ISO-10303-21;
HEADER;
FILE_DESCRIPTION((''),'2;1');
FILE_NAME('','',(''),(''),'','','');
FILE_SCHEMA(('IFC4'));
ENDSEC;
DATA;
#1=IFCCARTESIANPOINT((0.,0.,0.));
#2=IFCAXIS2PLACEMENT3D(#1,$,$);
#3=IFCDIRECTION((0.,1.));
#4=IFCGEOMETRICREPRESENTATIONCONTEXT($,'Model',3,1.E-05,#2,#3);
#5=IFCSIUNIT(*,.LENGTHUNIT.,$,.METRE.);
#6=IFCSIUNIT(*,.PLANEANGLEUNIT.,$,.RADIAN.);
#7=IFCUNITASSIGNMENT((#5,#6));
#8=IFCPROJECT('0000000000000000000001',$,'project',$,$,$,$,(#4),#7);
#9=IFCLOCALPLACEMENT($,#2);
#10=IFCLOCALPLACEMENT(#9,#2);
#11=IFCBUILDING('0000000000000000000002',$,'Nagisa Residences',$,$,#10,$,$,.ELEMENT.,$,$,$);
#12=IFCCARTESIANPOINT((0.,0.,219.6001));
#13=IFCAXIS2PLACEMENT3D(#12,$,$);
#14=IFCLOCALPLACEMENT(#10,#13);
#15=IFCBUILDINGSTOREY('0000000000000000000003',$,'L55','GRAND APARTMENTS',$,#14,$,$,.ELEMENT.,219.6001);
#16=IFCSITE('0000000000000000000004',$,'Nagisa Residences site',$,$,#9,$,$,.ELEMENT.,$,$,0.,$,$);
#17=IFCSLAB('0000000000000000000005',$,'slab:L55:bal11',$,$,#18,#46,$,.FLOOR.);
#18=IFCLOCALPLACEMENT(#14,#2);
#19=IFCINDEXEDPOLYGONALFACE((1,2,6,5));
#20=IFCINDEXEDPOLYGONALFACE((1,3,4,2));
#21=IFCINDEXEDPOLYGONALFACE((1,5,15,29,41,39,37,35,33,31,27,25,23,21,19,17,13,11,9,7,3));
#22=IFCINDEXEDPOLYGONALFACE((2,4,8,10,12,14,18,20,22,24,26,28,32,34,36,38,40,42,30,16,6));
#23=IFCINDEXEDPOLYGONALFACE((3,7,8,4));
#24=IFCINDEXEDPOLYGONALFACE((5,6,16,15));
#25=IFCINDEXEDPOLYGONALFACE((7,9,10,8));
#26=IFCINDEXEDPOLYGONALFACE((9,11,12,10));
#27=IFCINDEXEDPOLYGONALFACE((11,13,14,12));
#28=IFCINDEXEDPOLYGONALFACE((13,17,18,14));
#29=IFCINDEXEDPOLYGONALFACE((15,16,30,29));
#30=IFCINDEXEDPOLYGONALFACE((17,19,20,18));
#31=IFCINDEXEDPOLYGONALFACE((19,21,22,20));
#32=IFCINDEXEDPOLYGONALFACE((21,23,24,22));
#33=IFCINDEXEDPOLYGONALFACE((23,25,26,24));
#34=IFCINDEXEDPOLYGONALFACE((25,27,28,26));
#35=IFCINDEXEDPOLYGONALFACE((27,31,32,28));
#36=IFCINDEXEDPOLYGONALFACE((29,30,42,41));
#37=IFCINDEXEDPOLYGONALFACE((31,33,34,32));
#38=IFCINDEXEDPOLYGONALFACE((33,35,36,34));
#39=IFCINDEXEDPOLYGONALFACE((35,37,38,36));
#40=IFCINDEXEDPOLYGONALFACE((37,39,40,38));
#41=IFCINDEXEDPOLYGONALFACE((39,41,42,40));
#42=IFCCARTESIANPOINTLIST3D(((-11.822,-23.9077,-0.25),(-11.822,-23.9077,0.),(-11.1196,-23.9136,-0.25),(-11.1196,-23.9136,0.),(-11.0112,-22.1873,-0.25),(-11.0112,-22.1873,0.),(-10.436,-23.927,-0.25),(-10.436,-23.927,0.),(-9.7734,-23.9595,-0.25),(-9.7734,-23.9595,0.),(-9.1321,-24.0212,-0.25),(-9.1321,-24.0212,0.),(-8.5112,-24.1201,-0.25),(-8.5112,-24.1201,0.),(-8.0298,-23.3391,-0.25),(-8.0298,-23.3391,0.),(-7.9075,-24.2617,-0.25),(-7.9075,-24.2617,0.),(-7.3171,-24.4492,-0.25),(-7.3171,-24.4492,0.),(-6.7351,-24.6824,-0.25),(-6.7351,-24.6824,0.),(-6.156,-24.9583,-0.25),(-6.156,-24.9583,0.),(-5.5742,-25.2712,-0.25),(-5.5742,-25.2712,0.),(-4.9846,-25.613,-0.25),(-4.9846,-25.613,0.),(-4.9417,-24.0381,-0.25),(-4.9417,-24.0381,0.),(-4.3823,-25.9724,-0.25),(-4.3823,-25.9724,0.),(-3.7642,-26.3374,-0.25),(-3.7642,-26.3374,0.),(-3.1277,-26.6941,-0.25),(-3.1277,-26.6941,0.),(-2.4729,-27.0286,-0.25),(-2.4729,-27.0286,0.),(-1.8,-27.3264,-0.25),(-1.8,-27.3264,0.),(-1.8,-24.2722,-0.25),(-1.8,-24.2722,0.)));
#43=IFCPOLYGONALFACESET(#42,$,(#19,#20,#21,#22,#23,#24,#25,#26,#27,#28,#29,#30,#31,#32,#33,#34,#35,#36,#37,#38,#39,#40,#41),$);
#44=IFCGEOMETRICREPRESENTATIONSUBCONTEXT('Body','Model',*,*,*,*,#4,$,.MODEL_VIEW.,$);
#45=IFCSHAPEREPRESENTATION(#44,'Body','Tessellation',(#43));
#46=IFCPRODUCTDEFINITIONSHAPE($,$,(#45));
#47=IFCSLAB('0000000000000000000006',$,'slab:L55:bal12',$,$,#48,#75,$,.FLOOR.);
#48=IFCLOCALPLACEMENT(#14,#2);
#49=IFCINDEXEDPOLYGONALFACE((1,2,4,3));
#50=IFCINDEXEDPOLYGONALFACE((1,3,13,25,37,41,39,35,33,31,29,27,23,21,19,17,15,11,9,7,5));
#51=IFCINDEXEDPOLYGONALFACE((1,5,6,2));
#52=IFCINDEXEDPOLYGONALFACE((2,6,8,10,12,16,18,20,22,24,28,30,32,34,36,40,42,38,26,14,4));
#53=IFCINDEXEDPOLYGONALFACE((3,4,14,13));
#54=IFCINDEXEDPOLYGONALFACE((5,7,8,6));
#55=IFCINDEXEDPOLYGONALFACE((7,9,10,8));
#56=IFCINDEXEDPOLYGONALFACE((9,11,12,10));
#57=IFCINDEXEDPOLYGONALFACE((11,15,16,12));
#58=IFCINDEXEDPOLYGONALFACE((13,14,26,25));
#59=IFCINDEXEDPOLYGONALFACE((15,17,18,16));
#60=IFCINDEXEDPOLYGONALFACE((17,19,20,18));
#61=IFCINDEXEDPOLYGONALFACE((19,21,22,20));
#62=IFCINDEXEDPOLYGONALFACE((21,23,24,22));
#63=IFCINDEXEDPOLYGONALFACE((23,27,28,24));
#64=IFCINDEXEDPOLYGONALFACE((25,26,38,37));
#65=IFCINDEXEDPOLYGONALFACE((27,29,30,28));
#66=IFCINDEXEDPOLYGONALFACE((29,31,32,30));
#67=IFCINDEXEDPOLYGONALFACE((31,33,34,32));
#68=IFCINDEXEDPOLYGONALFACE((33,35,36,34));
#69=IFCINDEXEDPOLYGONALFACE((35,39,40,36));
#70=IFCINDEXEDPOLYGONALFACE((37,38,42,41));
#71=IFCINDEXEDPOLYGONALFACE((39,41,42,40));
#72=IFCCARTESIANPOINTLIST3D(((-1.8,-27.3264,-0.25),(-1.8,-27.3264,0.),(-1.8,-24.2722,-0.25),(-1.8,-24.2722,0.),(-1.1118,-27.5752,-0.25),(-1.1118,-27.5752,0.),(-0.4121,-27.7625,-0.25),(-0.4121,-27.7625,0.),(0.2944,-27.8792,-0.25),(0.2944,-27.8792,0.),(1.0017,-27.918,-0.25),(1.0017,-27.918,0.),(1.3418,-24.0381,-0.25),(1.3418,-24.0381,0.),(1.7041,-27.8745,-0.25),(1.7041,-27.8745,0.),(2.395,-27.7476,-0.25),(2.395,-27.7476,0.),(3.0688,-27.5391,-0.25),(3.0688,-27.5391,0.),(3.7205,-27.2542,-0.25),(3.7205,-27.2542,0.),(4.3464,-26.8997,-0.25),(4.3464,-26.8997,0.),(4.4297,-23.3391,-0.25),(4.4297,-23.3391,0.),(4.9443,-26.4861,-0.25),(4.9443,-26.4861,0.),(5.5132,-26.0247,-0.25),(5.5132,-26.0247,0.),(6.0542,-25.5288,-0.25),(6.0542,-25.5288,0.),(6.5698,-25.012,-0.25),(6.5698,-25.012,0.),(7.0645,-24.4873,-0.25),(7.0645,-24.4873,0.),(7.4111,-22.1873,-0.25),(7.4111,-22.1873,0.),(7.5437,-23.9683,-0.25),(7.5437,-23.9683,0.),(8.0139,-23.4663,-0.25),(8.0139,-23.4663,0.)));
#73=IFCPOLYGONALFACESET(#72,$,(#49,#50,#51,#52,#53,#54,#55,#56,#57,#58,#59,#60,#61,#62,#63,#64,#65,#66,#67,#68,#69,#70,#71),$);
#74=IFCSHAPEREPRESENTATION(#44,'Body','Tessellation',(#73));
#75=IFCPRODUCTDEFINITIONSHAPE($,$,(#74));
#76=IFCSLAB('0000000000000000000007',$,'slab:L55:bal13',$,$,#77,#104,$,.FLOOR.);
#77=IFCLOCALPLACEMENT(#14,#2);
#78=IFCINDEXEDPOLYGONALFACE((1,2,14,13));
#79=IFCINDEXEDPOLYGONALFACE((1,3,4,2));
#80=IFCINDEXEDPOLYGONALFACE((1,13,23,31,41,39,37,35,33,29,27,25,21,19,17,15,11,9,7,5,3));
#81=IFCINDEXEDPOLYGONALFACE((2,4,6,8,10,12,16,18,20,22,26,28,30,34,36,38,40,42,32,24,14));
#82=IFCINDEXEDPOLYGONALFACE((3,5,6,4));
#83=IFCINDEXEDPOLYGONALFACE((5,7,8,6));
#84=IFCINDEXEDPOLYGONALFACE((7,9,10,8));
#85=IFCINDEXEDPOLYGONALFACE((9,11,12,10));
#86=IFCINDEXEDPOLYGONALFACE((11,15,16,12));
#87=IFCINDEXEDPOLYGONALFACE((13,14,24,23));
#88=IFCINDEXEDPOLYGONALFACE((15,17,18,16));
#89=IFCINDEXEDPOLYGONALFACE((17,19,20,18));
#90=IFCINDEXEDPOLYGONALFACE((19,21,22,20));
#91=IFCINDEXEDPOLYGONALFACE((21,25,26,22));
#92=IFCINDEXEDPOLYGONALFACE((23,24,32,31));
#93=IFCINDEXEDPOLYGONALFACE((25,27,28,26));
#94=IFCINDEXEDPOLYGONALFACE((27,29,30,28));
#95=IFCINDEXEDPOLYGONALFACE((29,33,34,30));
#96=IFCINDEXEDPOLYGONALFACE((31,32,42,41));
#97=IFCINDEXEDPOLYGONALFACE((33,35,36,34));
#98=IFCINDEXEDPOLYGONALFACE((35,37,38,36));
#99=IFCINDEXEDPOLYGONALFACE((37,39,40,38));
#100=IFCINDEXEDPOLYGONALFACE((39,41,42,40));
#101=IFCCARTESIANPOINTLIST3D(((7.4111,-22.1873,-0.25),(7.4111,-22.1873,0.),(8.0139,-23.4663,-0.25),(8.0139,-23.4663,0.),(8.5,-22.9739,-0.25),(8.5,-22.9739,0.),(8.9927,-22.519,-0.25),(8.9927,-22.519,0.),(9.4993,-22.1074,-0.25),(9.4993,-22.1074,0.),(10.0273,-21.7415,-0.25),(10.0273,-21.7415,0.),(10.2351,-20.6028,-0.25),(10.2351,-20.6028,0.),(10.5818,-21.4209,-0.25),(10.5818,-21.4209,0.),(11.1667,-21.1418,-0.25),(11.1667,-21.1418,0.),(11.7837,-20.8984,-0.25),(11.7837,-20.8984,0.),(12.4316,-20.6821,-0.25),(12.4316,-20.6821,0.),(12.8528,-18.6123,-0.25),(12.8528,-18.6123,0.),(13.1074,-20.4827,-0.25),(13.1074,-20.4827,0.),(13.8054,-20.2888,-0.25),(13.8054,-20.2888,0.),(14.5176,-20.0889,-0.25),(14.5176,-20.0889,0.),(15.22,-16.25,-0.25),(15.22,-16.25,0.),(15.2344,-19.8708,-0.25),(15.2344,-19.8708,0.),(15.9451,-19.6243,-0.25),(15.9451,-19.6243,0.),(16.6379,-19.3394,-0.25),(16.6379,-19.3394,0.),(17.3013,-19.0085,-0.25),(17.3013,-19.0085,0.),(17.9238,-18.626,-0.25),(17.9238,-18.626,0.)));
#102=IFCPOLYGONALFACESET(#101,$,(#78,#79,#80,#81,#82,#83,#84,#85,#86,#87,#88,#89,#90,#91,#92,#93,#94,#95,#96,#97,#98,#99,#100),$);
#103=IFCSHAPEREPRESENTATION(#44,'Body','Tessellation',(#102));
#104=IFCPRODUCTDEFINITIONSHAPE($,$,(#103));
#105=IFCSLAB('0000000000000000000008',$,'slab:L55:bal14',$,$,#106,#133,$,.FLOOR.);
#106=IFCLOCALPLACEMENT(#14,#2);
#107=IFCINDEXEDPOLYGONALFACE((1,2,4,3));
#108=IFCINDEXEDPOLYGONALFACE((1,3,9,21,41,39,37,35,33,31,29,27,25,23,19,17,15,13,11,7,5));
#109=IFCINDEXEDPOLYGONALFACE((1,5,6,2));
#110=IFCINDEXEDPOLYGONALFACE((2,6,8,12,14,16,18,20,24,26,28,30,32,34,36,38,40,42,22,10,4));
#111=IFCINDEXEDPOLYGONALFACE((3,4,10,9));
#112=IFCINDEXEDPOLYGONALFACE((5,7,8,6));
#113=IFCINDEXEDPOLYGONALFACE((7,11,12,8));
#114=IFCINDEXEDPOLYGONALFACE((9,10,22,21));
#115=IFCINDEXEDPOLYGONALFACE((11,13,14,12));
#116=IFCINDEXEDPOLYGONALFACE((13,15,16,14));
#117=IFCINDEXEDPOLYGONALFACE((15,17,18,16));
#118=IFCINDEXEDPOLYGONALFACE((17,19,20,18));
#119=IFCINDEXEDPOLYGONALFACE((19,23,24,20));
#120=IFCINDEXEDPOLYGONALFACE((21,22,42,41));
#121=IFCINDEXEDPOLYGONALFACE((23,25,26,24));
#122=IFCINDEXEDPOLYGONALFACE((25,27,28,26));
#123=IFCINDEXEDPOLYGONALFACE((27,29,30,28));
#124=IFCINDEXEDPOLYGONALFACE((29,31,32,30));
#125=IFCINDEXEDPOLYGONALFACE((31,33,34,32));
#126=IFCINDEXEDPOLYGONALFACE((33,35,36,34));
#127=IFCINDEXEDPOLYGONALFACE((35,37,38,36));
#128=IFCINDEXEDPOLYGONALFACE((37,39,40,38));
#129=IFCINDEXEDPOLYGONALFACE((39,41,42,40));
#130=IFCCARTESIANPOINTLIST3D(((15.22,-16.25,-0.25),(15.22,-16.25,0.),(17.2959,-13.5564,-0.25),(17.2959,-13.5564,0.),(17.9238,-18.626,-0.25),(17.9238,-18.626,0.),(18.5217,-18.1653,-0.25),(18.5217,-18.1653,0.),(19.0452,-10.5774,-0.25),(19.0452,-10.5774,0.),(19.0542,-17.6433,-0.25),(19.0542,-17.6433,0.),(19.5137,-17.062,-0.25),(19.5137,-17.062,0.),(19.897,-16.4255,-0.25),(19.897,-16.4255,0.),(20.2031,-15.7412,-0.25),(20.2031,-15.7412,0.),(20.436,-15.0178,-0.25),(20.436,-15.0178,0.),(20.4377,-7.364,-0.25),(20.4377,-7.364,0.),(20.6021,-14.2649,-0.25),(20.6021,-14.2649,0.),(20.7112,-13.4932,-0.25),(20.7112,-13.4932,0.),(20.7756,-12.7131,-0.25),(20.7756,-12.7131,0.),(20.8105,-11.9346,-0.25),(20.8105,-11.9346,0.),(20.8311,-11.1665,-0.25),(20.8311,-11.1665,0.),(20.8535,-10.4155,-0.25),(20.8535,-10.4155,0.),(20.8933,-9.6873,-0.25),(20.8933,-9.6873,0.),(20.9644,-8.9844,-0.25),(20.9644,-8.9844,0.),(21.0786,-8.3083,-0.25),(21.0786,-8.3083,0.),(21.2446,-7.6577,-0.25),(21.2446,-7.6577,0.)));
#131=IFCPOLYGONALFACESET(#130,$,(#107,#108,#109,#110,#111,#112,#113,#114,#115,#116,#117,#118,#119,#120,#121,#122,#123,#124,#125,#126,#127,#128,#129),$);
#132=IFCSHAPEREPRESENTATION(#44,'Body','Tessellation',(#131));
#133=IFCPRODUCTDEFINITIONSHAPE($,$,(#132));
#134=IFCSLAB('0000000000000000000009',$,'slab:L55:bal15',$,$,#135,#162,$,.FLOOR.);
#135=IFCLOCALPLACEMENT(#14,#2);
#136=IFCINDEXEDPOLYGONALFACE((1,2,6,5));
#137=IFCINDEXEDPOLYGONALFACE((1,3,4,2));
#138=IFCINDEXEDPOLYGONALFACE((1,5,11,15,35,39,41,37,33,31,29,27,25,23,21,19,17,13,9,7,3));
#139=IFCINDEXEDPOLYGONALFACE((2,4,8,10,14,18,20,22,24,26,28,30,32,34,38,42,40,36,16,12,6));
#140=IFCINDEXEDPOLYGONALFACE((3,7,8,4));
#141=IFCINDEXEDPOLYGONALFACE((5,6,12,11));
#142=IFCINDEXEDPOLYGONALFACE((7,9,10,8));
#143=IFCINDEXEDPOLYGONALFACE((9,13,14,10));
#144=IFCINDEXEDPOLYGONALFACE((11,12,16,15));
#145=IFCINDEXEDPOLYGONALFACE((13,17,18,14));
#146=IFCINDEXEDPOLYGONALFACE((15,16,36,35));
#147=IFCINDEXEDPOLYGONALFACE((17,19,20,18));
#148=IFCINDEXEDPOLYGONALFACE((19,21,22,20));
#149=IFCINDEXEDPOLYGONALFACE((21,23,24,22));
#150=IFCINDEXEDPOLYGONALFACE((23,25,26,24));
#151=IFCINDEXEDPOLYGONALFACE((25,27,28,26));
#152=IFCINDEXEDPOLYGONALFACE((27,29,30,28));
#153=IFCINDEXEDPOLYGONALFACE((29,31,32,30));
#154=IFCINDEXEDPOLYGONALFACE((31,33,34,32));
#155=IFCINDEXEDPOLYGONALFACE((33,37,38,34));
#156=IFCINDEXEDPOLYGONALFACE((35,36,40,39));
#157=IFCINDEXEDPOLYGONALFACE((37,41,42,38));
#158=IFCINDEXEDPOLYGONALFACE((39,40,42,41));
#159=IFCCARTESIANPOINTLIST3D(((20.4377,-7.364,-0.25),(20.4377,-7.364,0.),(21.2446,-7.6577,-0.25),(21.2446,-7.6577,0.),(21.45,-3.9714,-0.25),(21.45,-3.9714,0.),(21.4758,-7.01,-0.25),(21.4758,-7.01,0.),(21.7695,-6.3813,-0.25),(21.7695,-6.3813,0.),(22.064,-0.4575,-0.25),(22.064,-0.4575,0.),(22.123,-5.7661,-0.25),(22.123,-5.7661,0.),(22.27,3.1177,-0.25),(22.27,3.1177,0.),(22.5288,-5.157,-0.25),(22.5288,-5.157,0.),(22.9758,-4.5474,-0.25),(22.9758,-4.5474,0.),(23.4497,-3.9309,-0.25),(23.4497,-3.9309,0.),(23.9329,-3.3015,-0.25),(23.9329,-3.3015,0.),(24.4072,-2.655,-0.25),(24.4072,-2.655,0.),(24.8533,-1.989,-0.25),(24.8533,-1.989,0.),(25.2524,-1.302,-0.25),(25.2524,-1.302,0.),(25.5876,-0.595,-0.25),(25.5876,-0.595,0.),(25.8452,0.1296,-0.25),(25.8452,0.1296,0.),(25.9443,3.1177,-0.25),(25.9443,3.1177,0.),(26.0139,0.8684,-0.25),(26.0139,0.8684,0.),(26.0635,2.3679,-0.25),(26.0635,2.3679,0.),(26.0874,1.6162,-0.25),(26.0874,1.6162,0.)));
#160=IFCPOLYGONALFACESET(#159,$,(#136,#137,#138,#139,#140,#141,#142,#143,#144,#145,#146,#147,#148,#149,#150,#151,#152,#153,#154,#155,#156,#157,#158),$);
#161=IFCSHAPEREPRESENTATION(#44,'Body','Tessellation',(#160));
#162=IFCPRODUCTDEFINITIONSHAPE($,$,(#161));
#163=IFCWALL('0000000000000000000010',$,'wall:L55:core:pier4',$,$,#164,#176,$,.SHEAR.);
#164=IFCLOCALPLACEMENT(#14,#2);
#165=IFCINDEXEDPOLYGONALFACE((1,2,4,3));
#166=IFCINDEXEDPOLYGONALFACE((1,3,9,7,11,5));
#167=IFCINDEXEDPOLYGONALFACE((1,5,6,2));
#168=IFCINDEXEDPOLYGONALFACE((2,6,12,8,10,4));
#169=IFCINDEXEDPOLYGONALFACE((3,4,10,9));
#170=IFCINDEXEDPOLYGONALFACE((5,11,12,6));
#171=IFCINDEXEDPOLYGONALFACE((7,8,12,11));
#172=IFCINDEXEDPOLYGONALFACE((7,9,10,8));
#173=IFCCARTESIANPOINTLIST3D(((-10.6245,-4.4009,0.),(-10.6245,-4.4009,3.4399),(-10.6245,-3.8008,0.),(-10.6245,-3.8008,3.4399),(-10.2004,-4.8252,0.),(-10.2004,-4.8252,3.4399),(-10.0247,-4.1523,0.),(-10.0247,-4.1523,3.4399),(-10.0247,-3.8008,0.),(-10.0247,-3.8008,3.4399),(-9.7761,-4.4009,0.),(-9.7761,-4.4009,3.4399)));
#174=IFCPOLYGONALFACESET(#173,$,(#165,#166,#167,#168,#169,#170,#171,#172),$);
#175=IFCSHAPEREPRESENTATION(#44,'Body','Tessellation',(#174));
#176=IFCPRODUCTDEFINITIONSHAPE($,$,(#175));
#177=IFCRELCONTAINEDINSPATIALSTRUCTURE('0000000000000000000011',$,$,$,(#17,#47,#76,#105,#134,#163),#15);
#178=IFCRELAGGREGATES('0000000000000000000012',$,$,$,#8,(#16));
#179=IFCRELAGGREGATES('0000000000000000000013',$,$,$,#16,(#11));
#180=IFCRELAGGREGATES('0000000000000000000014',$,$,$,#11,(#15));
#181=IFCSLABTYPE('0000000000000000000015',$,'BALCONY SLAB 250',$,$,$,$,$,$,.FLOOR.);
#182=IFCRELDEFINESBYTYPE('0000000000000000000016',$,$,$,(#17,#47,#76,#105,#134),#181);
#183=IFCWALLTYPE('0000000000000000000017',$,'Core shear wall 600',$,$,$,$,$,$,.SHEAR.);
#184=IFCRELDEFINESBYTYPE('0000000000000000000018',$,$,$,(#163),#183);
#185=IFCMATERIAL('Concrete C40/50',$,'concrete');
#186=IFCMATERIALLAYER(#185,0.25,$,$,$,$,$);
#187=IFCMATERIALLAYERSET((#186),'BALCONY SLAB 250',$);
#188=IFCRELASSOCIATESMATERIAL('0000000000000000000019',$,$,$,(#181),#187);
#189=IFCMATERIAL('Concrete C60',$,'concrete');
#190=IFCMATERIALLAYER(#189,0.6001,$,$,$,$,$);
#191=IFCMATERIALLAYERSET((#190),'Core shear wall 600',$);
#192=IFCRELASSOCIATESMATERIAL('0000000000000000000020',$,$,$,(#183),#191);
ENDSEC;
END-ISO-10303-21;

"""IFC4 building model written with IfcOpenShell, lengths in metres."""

from ifc_helpers import new_model, si_unit, direction, frame, origin, place, context, subcontext, project, spatial, polyline, outline, extrude, material, layer, layer_set, type_object, element, save


model = new_model("IFC4")

# Units and contexts
model_context = context("Model", 3, precision=1e-05, world=origin(), true_north=direction((0.0, 1.0)))
body_context = subcontext(model_context, "Body", "Model", "MODEL_VIEW")
ifc_project = project(units=[si_unit("LENGTHUNIT", "METRE"), si_unit("PLANEANGLEUNIT", "RADIAN")], contexts=[model_context])

# Site, building, storey
site_placement = place(None, origin())
site = spatial("IfcSite", under=ifc_project, at=site_placement, Name="Nagisa Residences site", CompositionType="ELEMENT", RefElevation=0.0)
building_placement = place(site_placement, origin())
building = spatial("IfcBuilding", under=site, at=building_placement, Name="Nagisa Residences", CompositionType="ELEMENT")
storey_placement = place(building_placement, frame((0.0, 0.0, 219.6001)))
storey = spatial("IfcBuildingStorey", under=building, at=storey_placement, Name="L55", Description="GRAND APARTMENTS", CompositionType="ELEMENT", Elevation=219.6001)

# Slabs
ifc_material_1 = material(Name="Concrete C40/50", Category="concrete")
ifc_layer_1 = layer(ifc_material_1, 0.25)
ifc_layer_set_1 = layer_set([ifc_layer_1], Name="BALCONY SLAB 250")
slab_type = type_object("IfcSlabType", Name="BALCONY SLAB 250", PredefinedType="FLOOR", material=ifc_layer_set_1)
slab_1_placement = place(storey_placement, frame((0.0, 0.0, -0.25)))
element("IfcSlab", 1, at=slab_1_placement, inside=storey, type_object=slab_type, Name="slab:L55:bal11", PredefinedType="FLOOR", context=body_context, shape_type="SweptSolid", body=[
    extrude(outline(polyline([(-11.822, -23.9077), (-11.1196, -23.9136), (-10.436, -23.927), (-9.7734, -23.9595), (-9.1321, -24.0212), (-8.5112, -24.1201), (-7.9075, -24.2617), (-7.3171, -24.4492), (-6.7351, -24.6824), (-6.156, -24.9583), (-5.5742, -25.2712), (-4.9846, -25.613), (-4.3823, -25.9724), (-3.7642, -26.3374), (-3.1277, -26.6941), (-2.4729, -27.0286), (-1.8, -27.3264), (-1.8, -24.2722), (-4.9417, -24.0381), (-8.0298, -23.3391), (-11.0112, -22.1873), (-11.822, -23.9077)])), origin(), (0.0, 0.0, 1.0), 0.25),
])
slab_2_placement = place(storey_placement, frame((0.0, 0.0, -0.25)))
element("IfcSlab", 2, at=slab_2_placement, inside=storey, type_object=slab_type, Name="slab:L55:bal12", PredefinedType="FLOOR", context=body_context, shape_type="SweptSolid", body=[
    extrude(outline(polyline([(-1.8, -27.3264), (-1.1118, -27.5752), (-0.4121, -27.7625), (0.2944, -27.8792), (1.0017, -27.918), (1.7041, -27.8745), (2.395, -27.7476), (3.0688, -27.5391), (3.7205, -27.2542), (4.3464, -26.8997), (4.9443, -26.4861), (5.5132, -26.0247), (6.0542, -25.5288), (6.5698, -25.012), (7.0645, -24.4873), (7.5437, -23.9683), (8.0139, -23.4663), (7.4111, -22.1873), (4.4297, -23.3391), (1.3418, -24.0381), (-1.8, -24.2722), (-1.8, -27.3264)])), origin(), (0.0, 0.0, 1.0), 0.25),
])
slab_3_placement = place(storey_placement, frame((0.0, 0.0, -0.25)))
element("IfcSlab", 3, at=slab_3_placement, inside=storey, type_object=slab_type, Name="slab:L55:bal13", PredefinedType="FLOOR", context=body_context, shape_type="SweptSolid", body=[
    extrude(outline(polyline([(8.0139, -23.4663), (8.5, -22.9739), (8.9927, -22.519), (9.4993, -22.1074), (10.0273, -21.7415), (10.5818, -21.4209), (11.1667, -21.1418), (11.7837, -20.8984), (12.4316, -20.6821), (13.1074, -20.4827), (13.8054, -20.2888), (14.5176, -20.0889), (15.2344, -19.8708), (15.9451, -19.6243), (16.6379, -19.3394), (17.3013, -19.0085), (17.9238, -18.626), (15.22, -16.25), (12.8528, -18.6123), (10.2351, -20.6028), (7.4111, -22.1873), (8.0139, -23.4663)])), origin(), (0.0, 0.0, 1.0), 0.25),
])
slab_4_placement = place(storey_placement, frame((0.0, 0.0, -0.25)))
element("IfcSlab", 4, at=slab_4_placement, inside=storey, type_object=slab_type, Name="slab:L55:bal14", PredefinedType="FLOOR", context=body_context, shape_type="SweptSolid", body=[
    extrude(outline(polyline([(17.9238, -18.626), (18.5217, -18.1653), (19.0542, -17.6433), (19.5137, -17.062), (19.897, -16.4255), (20.2031, -15.7412), (20.436, -15.0178), (20.6021, -14.2649), (20.7112, -13.4932), (20.7756, -12.7131), (20.8105, -11.9346), (20.8311, -11.1665), (20.8535, -10.4155), (20.8933, -9.6873), (20.9644, -8.9844), (21.0786, -8.3083), (21.2446, -7.6577), (20.4377, -7.364), (19.0452, -10.5774), (17.2959, -13.5564), (15.22, -16.25), (17.9238, -18.626)])), origin(), (0.0, 0.0, 1.0), 0.25),
])
slab_5_placement = place(storey_placement, frame((0.0, 0.0, -0.25)))
element("IfcSlab", 5, at=slab_5_placement, inside=storey, type_object=slab_type, Name="slab:L55:bal15", PredefinedType="FLOOR", context=body_context, shape_type="SweptSolid", body=[
    extrude(outline(polyline([(21.2446, -7.6577), (21.4758, -7.01), (21.7695, -6.3813), (22.123, -5.7661), (22.5288, -5.157), (22.9758, -4.5474), (23.4497, -3.9309), (23.9329, -3.3015), (24.4072, -2.655), (24.8533, -1.989), (25.2524, -1.302), (25.5876, -0.595), (25.8452, 0.1296), (26.0139, 0.8684), (26.0874, 1.6162), (26.0635, 2.3679), (25.9443, 3.1177), (22.27, 3.1177), (22.064, -0.4575), (21.45, -3.9714), (20.4377, -7.364), (21.2446, -7.6577)])), origin(), (0.0, 0.0, 1.0), 0.25),
])

# Wall
ifc_material_2 = material(Name="Concrete C60", Category="concrete")
ifc_layer_2 = layer(ifc_material_2, 0.6001)
ifc_layer_set_2 = layer_set([ifc_layer_2], Name="Core shear wall 600")
wall_type_1 = type_object("IfcWallType", Name="Core shear wall 600", PredefinedType="SHEAR", material=ifc_layer_set_2)
wall_1_placement = place(storey_placement, origin())
element("IfcWall", 6, at=wall_1_placement, inside=storey, type_object=wall_type_1, Name="wall:L55:core:pier4", PredefinedType="SHEAR", context=body_context, shape_type="SweptSolid", body=[
    extrude(outline(polyline([(-10.6245, -3.8008), (-10.0247, -3.8008), (-10.0247, -4.1523), (-9.7761, -4.4009), (-10.2004, -4.8252), (-10.6245, -4.4009), (-10.6245, -3.8008)])), origin(), (0.0, 0.0, 1.0), 3.4399),
])

save(model, "model.ifc")
